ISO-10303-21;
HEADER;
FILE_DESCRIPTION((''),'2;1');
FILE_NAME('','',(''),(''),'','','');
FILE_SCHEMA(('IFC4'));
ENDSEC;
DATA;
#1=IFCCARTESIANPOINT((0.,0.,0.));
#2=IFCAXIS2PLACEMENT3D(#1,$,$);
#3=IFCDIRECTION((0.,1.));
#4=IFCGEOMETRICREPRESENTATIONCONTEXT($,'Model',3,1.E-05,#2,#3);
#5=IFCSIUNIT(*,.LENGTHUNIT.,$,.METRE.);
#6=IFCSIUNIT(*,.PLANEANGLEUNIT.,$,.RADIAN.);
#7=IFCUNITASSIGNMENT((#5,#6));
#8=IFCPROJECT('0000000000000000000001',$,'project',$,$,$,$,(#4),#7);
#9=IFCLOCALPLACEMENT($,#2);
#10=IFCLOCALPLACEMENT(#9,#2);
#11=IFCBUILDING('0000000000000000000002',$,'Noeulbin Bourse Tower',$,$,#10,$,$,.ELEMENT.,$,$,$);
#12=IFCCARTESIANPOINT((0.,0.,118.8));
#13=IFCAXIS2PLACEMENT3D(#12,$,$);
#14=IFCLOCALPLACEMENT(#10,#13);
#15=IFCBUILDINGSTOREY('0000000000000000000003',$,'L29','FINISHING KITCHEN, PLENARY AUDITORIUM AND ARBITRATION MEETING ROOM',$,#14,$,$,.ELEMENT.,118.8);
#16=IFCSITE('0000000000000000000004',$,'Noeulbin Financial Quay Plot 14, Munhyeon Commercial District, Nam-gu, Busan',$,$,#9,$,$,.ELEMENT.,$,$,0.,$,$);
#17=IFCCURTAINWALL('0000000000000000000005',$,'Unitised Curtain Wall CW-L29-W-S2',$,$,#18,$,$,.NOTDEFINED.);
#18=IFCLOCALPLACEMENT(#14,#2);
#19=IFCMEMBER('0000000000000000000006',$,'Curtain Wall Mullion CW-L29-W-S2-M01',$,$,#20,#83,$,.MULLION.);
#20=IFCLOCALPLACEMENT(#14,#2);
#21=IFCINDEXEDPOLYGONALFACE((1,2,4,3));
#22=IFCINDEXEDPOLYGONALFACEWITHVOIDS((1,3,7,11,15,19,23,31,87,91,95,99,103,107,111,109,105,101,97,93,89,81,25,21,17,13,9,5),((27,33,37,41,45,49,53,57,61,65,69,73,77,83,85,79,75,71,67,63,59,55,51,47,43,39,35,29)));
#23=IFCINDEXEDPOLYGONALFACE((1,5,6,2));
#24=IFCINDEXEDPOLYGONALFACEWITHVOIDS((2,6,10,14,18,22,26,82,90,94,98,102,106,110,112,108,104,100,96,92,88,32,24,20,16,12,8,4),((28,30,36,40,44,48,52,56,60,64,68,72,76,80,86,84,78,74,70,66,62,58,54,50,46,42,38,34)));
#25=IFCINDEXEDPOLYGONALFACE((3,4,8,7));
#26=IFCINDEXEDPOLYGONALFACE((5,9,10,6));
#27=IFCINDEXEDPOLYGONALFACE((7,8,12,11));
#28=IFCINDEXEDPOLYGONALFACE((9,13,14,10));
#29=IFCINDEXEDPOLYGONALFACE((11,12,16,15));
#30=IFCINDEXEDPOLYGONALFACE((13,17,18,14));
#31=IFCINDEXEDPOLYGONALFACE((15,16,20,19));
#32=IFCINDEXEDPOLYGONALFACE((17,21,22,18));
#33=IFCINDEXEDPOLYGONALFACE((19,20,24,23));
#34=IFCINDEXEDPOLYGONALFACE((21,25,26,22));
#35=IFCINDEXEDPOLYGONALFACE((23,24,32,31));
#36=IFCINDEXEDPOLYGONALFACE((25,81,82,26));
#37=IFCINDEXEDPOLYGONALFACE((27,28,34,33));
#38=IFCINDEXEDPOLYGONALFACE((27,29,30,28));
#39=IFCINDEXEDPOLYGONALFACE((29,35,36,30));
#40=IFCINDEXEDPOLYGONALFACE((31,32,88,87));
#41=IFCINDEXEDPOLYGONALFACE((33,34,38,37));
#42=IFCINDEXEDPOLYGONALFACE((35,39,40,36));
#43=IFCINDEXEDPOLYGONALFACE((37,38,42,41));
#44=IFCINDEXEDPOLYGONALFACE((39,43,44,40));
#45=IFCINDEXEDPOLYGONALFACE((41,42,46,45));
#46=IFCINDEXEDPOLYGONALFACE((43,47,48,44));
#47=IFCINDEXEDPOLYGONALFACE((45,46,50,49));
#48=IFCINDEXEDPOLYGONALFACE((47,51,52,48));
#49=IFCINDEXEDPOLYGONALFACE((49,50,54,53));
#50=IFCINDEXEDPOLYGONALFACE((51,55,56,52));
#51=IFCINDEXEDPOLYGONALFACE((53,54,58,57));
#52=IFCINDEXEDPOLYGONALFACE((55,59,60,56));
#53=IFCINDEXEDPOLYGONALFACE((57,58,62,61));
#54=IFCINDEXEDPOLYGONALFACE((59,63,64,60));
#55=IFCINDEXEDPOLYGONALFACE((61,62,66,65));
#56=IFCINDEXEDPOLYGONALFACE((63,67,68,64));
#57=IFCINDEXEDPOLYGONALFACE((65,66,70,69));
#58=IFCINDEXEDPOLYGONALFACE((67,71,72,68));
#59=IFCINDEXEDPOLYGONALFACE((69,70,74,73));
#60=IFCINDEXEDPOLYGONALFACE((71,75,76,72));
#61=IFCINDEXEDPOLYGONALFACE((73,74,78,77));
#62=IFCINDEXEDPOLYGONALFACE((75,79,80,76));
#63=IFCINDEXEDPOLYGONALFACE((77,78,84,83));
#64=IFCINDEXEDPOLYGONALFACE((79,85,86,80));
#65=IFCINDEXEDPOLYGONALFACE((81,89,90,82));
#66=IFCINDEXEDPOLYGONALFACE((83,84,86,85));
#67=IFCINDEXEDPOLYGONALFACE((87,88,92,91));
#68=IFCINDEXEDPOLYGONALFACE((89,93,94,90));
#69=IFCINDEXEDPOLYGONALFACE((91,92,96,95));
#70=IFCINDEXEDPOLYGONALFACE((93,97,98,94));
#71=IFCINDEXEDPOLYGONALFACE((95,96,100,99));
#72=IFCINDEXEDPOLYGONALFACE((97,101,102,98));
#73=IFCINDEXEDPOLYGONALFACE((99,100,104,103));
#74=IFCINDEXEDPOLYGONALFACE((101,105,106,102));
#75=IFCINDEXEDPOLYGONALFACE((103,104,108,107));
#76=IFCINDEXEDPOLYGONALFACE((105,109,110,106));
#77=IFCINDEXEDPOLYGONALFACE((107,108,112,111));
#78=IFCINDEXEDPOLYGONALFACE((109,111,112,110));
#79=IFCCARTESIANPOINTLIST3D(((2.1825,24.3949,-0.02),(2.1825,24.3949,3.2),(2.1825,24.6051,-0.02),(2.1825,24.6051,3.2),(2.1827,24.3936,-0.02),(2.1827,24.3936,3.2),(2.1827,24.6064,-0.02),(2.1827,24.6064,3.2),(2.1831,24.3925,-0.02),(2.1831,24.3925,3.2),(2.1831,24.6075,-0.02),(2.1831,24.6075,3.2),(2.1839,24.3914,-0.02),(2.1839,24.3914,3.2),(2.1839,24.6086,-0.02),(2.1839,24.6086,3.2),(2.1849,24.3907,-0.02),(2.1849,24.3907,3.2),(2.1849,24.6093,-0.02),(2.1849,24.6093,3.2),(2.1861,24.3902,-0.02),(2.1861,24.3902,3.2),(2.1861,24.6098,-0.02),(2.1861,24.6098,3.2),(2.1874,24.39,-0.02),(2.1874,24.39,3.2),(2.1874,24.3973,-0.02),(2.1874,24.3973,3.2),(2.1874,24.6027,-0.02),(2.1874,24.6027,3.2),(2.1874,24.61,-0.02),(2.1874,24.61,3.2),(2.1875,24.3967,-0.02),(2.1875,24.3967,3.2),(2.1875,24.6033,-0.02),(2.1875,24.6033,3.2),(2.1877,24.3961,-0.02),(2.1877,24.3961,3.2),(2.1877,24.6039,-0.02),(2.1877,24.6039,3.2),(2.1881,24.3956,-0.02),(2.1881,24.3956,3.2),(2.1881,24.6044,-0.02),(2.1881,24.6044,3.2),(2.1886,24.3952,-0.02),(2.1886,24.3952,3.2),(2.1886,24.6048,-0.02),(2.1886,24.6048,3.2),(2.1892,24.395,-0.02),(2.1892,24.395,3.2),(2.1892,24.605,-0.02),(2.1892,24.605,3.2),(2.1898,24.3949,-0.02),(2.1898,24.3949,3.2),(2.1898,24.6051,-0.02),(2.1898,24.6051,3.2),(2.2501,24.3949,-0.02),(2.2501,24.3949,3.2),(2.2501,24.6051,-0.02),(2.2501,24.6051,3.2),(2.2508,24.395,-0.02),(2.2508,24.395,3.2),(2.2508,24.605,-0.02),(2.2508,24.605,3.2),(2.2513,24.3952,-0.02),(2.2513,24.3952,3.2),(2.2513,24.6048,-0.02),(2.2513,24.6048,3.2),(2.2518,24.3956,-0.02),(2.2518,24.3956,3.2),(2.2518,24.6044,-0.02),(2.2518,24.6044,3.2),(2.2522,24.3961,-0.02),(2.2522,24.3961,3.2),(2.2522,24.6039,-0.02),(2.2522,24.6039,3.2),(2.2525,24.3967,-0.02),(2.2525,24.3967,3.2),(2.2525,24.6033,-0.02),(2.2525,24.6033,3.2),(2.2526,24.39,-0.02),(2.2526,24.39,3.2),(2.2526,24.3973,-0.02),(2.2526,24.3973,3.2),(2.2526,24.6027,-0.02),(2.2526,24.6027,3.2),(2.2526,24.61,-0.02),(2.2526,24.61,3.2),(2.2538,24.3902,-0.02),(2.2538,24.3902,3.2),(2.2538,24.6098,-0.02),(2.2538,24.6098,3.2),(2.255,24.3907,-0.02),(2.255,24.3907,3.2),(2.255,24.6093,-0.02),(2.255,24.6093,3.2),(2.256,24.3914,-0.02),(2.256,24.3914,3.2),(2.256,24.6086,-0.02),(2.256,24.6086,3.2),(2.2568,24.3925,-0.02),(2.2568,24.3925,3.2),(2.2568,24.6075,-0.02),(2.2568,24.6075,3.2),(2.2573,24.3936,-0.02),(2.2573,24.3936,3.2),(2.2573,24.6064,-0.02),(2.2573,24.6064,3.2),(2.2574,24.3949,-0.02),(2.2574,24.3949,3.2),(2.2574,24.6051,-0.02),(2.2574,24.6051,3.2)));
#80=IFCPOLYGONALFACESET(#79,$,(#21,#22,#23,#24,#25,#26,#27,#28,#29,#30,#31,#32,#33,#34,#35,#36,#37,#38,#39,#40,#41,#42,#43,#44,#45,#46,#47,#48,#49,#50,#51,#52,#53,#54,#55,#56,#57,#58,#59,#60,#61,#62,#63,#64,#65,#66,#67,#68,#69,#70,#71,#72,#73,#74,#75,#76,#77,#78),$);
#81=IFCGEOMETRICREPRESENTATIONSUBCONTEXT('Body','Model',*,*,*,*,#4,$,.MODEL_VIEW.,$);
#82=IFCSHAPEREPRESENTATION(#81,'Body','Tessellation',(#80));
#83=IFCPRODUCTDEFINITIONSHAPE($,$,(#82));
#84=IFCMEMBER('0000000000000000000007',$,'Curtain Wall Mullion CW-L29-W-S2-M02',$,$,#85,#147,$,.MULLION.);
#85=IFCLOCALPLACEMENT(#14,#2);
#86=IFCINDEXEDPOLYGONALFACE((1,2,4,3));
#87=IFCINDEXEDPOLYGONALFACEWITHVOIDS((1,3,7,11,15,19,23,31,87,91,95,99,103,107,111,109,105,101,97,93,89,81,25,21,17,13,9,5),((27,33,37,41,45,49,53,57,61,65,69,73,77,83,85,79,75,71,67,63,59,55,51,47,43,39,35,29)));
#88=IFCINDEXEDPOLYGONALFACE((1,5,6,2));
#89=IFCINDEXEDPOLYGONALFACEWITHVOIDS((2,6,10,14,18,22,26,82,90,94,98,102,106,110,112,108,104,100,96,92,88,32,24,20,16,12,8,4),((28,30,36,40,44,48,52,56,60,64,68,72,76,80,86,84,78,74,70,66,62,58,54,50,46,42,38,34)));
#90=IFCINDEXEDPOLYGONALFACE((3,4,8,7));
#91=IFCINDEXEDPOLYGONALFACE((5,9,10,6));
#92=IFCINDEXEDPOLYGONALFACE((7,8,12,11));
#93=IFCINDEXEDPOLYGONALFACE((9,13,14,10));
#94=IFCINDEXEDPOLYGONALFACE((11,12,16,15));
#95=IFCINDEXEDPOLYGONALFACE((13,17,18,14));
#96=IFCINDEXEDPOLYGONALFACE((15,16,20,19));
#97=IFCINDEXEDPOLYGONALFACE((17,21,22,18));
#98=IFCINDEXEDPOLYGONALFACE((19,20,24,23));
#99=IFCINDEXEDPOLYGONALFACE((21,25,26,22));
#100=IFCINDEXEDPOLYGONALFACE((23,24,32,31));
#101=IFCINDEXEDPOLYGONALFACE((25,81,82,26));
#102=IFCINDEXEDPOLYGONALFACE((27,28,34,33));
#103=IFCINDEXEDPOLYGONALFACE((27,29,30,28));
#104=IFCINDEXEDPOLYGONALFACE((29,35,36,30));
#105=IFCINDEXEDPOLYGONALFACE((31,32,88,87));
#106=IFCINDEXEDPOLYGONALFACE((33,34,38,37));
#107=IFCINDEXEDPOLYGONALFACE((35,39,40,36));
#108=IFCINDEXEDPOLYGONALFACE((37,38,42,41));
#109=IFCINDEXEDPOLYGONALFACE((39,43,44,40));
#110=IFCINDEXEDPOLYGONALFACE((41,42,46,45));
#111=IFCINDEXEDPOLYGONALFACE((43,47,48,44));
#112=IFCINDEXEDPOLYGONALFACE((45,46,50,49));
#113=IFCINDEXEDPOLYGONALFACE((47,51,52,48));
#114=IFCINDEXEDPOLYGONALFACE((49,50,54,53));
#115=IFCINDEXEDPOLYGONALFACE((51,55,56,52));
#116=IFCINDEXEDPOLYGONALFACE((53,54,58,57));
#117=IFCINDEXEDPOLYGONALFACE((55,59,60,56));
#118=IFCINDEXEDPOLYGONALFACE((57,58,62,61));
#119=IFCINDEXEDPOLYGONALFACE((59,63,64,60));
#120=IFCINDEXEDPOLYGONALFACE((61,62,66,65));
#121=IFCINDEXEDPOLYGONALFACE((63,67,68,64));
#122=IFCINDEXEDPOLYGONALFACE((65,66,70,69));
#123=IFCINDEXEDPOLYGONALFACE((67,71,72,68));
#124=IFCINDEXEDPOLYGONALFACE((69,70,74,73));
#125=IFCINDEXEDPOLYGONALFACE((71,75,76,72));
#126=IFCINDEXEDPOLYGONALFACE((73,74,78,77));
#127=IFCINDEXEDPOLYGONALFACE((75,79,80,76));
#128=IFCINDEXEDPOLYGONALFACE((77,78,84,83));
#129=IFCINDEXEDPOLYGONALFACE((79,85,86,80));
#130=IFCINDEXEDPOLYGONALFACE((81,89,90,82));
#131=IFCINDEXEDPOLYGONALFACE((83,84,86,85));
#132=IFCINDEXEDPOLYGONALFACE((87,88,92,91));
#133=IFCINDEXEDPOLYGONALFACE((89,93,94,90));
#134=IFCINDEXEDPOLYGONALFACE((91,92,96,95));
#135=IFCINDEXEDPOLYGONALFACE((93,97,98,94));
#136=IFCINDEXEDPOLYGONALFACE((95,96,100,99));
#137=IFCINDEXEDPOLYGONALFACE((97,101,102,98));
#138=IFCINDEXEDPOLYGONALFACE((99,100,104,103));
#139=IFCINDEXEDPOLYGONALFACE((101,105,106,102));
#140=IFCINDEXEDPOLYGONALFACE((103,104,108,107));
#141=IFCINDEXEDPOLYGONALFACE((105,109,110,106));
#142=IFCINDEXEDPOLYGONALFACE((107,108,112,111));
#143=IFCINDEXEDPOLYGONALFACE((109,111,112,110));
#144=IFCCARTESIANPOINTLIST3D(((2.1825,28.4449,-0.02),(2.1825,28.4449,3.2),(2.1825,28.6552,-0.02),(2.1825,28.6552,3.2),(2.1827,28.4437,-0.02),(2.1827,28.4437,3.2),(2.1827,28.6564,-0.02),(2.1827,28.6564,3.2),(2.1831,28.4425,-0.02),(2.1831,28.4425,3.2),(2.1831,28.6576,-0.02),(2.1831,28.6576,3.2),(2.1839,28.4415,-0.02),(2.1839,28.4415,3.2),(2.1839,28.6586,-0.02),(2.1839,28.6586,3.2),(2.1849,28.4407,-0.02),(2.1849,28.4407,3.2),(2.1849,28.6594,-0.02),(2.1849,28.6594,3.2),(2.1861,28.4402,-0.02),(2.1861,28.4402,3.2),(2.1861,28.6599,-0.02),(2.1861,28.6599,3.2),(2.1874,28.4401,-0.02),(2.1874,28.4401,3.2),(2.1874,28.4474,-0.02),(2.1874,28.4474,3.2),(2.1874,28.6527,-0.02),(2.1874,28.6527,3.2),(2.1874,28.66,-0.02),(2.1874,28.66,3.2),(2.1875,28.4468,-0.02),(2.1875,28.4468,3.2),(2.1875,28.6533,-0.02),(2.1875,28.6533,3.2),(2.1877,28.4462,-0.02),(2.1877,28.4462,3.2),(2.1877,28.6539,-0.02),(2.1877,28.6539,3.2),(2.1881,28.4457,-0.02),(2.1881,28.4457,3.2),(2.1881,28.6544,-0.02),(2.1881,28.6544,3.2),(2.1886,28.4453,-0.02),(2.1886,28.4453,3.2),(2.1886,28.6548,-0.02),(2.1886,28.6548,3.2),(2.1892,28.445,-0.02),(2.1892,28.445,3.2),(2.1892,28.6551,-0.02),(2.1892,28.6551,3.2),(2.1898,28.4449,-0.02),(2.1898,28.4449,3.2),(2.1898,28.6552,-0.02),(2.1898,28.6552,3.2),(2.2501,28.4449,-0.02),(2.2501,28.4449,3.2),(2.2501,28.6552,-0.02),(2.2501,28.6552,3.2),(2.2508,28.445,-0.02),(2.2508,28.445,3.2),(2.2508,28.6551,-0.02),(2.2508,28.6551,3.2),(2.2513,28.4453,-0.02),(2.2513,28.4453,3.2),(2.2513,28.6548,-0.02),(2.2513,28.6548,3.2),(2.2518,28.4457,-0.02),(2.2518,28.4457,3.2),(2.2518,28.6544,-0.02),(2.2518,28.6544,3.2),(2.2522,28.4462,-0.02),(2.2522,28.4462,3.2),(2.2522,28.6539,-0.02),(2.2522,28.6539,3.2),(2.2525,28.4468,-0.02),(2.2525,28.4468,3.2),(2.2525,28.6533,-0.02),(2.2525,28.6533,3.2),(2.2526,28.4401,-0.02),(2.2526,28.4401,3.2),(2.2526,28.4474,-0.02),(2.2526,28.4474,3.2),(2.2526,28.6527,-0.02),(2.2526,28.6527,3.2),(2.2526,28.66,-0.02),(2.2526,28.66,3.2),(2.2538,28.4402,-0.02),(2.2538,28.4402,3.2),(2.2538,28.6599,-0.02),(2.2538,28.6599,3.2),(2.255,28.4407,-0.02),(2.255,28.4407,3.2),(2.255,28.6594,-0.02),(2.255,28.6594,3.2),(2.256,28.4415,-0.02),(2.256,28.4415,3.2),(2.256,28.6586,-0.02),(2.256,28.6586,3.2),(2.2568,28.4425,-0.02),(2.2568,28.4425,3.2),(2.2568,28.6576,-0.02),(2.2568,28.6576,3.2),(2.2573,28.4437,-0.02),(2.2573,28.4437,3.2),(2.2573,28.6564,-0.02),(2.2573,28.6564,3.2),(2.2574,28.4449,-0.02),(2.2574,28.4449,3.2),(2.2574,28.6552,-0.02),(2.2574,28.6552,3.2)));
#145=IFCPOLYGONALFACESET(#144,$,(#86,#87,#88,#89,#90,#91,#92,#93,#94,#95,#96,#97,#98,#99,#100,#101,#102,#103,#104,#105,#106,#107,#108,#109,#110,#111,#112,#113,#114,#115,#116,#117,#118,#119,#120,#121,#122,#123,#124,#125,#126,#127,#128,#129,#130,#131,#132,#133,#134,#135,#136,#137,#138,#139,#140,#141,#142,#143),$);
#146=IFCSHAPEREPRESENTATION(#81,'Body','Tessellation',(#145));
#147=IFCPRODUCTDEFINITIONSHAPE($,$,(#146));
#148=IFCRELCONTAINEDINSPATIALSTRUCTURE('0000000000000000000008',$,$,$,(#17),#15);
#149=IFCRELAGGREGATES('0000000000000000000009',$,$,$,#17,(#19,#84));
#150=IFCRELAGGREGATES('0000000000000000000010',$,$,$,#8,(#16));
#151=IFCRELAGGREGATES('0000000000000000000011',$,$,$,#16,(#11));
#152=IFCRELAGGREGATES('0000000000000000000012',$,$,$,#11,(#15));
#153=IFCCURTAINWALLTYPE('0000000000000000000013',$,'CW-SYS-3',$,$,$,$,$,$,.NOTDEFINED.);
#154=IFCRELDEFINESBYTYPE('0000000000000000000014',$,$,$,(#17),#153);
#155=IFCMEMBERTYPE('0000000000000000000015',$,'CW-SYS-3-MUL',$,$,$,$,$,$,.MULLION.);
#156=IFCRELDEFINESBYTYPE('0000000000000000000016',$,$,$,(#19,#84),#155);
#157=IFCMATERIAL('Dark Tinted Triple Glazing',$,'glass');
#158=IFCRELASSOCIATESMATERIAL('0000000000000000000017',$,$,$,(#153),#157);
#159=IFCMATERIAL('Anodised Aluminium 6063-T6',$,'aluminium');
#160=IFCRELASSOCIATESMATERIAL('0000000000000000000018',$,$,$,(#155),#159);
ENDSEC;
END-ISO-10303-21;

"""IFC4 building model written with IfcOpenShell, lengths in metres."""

from ifc_helpers import new_model, si_unit, direction, frame, origin, origin_2d, place, context, subcontext, project, spatial, hollow_rectangle, extrude, material, material_profile, profile_set, type_object, element, aggregate, save


model = new_model("IFC4")

# Units and contexts
model_context = context("Model", 3, precision=1e-05, world=origin(), true_north=direction((0.0, 1.0)))
body_context = subcontext(model_context, "Body", "Model", "MODEL_VIEW")
ifc_project = project(units=[si_unit("LENGTHUNIT", "METRE"), si_unit("PLANEANGLEUNIT", "RADIAN")], contexts=[model_context])

# Site, building, storey
site_placement = place(None, origin())
site = spatial("IfcSite", under=ifc_project, at=site_placement, Name="Noeulbin Financial Quay Plot 14, Munhyeon Commercial District, Nam-gu, Busan", CompositionType="ELEMENT", RefElevation=0.0)
building_placement = place(site_placement, origin())
building = spatial("IfcBuilding", under=site, at=building_placement, Name="Noeulbin Bourse Tower", CompositionType="ELEMENT")
storey_placement = place(building_placement, frame((0.0, 0.0, 118.8)))
storey = spatial("IfcBuildingStorey", under=building, at=storey_placement, Name="L29", Description="FINISHING KITCHEN, PLENARY AUDITORIUM AND ARBITRATION MEETING ROOM", CompositionType="ELEMENT", Elevation=118.8)

# Curtain wall, members
ifc_material_1 = material(Name="Dark Tinted Triple Glazing", Category="glass")
curtain_wall_type = type_object("IfcCurtainWallType", Name="CW-SYS-3", PredefinedType="NOTDEFINED", material=ifc_material_1)
curtain_wall_placement = place(storey_placement, origin())
curtain_wall = element("IfcCurtainWall", 1, at=curtain_wall_placement, inside=storey, type_object=curtain_wall_type, Name="Unitised Curtain Wall CW-L29-W-S2", PredefinedType="NOTDEFINED")
ifc_material_2 = material(Name="Anodised Aluminium 6063-T6", Category="aluminium")
ifc_material_profile_1 = material_profile(ifc_material_2, hollow_rectangle(XDim=0.075, YDim=0.22, WallThickness=0.0049, InnerFilletRadius=0.0024, OuterFilletRadius=0.0049, at=origin_2d()), Name="ALU-MULL-75x220x5", Category="LoadBearing")
ifc_profile_set_1 = profile_set([ifc_material_profile_1], Name="Anodised Aluminium 6063-T6")
member_type_1 = type_object("IfcMemberType", Name="CW-SYS-3-MUL", PredefinedType="MULLION", material=ifc_profile_set_1)
member_1_placement = place(storey_placement, frame((2.22, 24.5, -0.02), z_axis=(0.0, 0.0, 1.0), x_axis=(1.0, 0.0, 0.0)))
member_1 = element("IfcMember", 2, at=member_1_placement, type_object=member_type_1, Name="Curtain Wall Mullion CW-L29-W-S2-M01", PredefinedType="MULLION", context=body_context, shape_type="SweptSolid", body=[
    extrude(hollow_rectangle(XDim=0.075, YDim=0.22, WallThickness=0.0049, InnerFilletRadius=0.0024, OuterFilletRadius=0.0049, at=origin_2d()), origin(), (0.0, 0.0, 1.0), 3.22),
])
member_2_placement = place(storey_placement, frame((2.22, 28.55, -0.02), z_axis=(0.0, 0.0, 1.0), x_axis=(1.0, 0.0, 0.0)))
member_2 = element("IfcMember", 3, at=member_2_placement, type_object=member_type_1, Name="Curtain Wall Mullion CW-L29-W-S2-M02", PredefinedType="MULLION", context=body_context, shape_type="SweptSolid", body=[
    extrude(hollow_rectangle(XDim=0.075, YDim=0.22, WallThickness=0.0049, InnerFilletRadius=0.0024, OuterFilletRadius=0.0049, at=origin_2d()), origin(), (0.0, 0.0, 1.0), 3.22),
])
aggregate(curtain_wall, [member_1, member_2])

save(model, "model.ifc")
